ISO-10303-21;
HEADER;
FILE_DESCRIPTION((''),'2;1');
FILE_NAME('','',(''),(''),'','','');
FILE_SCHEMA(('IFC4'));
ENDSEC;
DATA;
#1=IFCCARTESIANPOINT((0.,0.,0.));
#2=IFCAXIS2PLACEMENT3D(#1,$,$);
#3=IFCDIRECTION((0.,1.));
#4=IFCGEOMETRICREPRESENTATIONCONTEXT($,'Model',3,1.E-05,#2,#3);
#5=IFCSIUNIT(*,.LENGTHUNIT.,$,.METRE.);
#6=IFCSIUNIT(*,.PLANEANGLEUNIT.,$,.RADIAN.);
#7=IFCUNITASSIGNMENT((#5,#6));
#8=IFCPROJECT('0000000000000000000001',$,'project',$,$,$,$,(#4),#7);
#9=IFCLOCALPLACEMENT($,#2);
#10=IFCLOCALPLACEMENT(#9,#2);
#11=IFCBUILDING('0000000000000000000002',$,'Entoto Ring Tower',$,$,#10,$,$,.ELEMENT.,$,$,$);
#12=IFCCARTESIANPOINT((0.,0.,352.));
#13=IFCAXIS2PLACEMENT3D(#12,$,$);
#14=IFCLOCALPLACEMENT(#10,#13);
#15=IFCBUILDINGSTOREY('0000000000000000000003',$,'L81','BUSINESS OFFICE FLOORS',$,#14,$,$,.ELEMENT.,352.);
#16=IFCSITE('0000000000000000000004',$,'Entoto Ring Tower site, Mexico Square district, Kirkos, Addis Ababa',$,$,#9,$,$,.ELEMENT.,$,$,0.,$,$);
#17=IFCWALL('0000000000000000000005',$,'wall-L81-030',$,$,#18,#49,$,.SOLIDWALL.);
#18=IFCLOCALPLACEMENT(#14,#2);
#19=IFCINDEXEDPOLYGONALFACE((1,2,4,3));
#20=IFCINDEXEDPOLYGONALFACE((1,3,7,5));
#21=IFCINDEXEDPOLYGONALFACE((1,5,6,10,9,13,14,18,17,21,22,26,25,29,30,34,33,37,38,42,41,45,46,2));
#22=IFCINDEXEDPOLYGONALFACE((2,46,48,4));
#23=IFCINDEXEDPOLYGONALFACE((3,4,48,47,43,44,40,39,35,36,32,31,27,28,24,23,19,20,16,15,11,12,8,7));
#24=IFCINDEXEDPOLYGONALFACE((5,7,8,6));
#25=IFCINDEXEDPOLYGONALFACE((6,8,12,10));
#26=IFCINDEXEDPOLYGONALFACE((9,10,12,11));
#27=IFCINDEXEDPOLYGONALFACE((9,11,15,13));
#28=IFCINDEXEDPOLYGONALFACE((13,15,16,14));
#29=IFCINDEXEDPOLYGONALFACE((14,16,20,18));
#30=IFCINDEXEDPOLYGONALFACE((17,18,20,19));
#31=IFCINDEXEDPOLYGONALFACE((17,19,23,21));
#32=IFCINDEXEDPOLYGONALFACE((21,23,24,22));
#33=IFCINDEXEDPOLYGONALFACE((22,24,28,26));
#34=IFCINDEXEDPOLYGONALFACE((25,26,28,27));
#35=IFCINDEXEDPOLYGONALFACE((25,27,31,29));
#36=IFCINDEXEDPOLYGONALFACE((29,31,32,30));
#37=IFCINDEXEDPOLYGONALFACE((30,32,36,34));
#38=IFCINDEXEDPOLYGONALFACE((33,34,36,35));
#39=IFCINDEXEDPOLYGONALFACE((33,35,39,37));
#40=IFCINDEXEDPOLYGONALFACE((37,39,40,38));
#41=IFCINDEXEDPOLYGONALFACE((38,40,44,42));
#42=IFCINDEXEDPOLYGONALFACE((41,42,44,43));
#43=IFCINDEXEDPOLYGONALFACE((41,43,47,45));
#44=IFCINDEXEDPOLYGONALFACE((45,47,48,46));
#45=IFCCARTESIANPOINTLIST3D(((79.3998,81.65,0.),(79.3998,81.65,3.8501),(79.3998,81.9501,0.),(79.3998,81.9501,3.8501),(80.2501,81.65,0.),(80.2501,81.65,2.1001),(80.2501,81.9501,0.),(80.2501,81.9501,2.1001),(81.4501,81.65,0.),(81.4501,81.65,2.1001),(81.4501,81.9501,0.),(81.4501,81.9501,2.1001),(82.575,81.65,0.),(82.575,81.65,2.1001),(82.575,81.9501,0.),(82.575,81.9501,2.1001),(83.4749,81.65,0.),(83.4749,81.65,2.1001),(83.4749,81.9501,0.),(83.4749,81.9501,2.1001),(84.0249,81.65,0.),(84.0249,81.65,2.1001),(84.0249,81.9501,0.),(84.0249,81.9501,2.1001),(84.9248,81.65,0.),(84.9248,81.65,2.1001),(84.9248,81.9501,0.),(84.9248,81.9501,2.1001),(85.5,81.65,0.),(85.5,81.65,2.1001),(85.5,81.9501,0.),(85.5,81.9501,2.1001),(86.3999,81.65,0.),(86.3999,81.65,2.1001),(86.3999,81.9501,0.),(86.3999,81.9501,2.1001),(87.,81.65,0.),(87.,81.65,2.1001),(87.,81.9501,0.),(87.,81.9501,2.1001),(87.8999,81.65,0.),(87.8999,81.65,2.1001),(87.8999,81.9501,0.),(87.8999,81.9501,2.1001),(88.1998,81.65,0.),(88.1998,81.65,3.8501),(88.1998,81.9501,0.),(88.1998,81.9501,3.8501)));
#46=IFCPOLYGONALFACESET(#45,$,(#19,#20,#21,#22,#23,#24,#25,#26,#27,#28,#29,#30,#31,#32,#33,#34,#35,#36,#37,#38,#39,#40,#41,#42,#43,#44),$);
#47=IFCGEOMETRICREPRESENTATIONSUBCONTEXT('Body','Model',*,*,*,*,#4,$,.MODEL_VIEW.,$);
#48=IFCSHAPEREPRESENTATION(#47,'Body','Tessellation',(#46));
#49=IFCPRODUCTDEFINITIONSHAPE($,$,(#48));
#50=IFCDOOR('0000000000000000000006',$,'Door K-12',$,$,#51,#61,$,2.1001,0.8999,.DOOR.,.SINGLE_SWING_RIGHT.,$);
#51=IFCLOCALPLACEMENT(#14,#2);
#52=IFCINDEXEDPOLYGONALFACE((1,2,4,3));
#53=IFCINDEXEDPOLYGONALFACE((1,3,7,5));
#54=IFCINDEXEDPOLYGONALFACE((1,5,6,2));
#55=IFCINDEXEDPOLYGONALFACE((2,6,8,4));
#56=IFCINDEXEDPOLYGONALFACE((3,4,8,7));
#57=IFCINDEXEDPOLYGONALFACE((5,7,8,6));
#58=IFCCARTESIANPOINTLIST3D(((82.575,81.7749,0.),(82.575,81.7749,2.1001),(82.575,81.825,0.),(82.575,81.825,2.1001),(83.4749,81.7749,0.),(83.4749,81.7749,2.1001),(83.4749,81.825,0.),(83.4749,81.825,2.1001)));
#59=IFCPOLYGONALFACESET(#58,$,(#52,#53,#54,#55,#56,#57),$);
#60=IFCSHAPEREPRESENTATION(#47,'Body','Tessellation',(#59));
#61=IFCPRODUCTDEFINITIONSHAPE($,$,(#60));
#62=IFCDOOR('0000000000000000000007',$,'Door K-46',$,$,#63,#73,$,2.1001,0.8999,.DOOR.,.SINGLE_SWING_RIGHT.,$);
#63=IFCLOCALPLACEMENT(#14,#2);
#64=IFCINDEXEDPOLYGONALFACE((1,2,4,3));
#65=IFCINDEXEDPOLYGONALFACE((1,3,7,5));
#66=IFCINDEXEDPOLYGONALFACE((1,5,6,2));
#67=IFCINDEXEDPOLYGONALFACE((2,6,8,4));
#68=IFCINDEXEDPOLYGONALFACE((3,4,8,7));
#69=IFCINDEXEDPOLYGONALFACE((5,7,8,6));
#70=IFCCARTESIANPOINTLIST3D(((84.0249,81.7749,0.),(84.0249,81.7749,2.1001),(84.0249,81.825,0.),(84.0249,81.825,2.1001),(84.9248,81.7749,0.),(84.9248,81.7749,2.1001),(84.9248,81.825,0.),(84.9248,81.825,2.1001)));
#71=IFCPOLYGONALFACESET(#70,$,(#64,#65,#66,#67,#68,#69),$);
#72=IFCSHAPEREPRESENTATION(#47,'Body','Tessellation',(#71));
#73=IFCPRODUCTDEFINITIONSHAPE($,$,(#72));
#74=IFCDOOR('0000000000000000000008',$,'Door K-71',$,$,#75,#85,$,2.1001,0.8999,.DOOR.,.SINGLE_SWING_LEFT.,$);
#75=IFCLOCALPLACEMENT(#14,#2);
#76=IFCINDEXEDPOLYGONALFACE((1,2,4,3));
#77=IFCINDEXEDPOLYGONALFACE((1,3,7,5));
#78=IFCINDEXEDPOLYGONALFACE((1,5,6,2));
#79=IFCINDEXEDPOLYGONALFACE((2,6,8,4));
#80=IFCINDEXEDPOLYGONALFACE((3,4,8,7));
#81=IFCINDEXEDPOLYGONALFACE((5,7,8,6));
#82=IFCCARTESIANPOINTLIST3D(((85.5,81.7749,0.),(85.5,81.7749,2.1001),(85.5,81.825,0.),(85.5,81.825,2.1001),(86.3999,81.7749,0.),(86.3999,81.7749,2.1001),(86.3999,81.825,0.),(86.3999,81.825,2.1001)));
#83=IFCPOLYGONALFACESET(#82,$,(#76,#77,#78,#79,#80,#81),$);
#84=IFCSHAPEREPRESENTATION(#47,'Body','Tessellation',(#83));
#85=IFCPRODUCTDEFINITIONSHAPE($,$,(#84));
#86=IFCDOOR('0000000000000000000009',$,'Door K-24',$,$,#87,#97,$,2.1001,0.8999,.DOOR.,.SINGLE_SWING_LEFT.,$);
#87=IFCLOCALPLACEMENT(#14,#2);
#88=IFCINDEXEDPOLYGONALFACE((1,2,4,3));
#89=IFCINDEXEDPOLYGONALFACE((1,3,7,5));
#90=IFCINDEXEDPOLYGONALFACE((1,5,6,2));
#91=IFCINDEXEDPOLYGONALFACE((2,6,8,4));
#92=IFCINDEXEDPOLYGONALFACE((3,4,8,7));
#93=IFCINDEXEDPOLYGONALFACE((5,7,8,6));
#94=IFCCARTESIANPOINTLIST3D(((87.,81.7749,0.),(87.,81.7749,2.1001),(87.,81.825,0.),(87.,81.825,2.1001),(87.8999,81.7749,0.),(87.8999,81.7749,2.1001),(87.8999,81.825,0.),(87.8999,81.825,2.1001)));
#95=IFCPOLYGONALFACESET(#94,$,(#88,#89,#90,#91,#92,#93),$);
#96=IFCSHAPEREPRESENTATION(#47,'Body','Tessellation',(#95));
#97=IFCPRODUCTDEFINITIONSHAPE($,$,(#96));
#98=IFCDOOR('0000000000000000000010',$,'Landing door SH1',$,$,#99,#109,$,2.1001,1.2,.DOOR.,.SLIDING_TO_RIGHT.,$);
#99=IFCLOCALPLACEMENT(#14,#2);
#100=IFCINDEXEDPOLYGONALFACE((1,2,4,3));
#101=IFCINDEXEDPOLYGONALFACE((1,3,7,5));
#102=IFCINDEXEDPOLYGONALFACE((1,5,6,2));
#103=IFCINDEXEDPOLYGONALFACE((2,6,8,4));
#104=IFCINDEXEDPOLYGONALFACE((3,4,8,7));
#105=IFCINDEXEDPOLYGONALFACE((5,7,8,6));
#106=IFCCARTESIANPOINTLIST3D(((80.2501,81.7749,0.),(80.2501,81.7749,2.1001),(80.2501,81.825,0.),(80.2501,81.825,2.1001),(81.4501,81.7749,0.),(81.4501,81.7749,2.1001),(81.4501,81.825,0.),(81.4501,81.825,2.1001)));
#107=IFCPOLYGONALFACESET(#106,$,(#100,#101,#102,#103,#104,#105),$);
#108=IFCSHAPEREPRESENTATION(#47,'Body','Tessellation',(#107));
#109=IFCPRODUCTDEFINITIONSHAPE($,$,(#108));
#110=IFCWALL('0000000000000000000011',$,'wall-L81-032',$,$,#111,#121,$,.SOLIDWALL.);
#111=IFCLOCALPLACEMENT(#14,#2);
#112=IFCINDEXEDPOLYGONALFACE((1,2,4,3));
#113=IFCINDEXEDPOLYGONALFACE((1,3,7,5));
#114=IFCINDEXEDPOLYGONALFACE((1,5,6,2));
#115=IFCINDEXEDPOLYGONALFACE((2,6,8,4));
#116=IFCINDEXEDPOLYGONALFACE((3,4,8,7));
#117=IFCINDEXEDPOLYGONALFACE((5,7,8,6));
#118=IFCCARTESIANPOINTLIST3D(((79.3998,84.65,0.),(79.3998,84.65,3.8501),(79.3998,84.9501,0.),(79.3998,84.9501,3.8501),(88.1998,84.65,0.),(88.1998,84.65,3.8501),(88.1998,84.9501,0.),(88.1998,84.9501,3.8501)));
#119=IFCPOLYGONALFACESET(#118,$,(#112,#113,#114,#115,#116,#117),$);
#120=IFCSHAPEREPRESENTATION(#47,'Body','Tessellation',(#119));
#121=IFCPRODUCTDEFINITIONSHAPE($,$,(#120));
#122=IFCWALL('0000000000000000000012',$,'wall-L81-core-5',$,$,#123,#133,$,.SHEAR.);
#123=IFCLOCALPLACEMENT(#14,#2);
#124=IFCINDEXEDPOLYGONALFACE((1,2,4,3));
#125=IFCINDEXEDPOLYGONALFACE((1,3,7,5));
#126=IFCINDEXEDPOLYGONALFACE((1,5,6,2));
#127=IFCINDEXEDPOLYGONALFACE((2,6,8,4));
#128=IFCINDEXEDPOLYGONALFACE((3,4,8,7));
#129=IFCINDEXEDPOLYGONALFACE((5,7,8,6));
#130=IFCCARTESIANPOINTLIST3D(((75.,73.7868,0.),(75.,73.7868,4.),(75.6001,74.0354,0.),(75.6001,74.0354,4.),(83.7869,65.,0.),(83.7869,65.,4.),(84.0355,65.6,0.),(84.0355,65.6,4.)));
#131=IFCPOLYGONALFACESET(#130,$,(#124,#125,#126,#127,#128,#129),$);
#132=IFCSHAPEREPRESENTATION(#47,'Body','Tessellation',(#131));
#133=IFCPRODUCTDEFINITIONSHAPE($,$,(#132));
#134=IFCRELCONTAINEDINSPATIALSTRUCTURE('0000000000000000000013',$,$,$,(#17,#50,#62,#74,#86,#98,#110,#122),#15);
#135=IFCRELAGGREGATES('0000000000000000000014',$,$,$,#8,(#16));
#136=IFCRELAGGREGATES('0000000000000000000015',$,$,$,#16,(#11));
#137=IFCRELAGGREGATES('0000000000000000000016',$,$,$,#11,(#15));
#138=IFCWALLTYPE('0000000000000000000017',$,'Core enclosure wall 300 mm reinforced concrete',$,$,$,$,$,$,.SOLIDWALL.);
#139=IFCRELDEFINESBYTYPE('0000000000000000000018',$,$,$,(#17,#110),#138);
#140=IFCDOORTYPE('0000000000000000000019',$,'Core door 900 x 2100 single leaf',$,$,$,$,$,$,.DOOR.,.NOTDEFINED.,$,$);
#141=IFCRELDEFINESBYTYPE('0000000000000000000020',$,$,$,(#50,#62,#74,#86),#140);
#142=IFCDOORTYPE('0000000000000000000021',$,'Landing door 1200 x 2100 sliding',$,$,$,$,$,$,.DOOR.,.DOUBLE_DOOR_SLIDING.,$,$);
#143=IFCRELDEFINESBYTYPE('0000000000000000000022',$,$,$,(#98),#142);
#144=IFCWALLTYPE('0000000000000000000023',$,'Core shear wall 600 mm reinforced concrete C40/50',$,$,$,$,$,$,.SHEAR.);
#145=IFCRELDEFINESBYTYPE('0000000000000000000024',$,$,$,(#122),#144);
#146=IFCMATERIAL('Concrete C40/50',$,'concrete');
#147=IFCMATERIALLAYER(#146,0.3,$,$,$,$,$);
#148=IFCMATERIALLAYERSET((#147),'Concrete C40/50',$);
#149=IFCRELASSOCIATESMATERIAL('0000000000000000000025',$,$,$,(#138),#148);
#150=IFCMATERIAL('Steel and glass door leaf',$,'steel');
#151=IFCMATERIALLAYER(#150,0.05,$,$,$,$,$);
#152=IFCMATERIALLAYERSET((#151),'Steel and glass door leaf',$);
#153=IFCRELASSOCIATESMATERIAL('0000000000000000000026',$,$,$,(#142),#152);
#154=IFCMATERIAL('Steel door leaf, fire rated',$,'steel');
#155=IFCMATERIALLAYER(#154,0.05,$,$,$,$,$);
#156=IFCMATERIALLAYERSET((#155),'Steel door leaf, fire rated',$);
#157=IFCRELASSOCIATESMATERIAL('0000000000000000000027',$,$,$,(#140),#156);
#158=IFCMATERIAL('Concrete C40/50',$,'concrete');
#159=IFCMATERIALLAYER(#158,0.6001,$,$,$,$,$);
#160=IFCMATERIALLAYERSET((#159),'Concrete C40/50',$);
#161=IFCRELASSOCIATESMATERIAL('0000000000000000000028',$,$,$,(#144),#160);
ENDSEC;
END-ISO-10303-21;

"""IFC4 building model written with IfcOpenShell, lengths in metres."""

from ifc_helpers import new_model, si_unit, direction, frame, frame_2d, origin, place, context, subcontext, project, spatial, polyline, rectangle, outline, extrude, material, layer, layer_set, type_object, element, fill, save


model = new_model("IFC4")

# Units and contexts
model_context = context("Model", 3, precision=1e-05, world=origin(), true_north=direction((0.0, 1.0)))
body_context = subcontext(model_context, "Body", "Model", "MODEL_VIEW")
ifc_project = project(units=[si_unit("LENGTHUNIT", "METRE"), si_unit("PLANEANGLEUNIT", "RADIAN")], contexts=[model_context])

# Site, building, storey
site_placement = place(None, origin())
site = spatial("IfcSite", under=ifc_project, at=site_placement, Name="Entoto Ring Tower site, Mexico Square district, Kirkos, Addis Ababa", CompositionType="ELEMENT", RefElevation=0.0)
building_placement = place(site_placement, origin())
building = spatial("IfcBuilding", under=site, at=building_placement, Name="Entoto Ring Tower", CompositionType="ELEMENT")
storey_placement = place(building_placement, frame((0.0, 0.0, 352.0)))
storey = spatial("IfcBuildingStorey", under=building, at=storey_placement, Name="L81", Description="BUSINESS OFFICE FLOORS", CompositionType="ELEMENT", Elevation=352.0)

# Shared definitions
ifc_material_1 = material(Name="Concrete C40/50", Category="concrete")
ifc_layer_1 = layer(ifc_material_1, 0.3)
ifc_layer_set_1 = layer_set([ifc_layer_1], Name="Concrete C40/50")
wall_type_1 = type_object("IfcWallType", Name="Core enclosure wall 300 mm reinforced concrete", PredefinedType="SOLIDWALL", material=ifc_layer_set_1)
ifc_material_2 = material(Name="Steel and glass door leaf", Category="steel")
ifc_layer_2 = layer(ifc_material_2, 0.05)
ifc_layer_set_2 = layer_set([ifc_layer_2], Name="Steel and glass door leaf")
door_type_1 = type_object("IfcDoorType", Name="Landing door 1200 x 2100 sliding", OperationType="DOUBLE_DOOR_SLIDING", PredefinedType="DOOR", material=ifc_layer_set_2)

# Wall, openings, doors
ifc_material_3 = material(Name="Steel door leaf, fire rated", Category="steel")
ifc_layer_3 = layer(ifc_material_3, 0.05)
ifc_layer_set_3 = layer_set([ifc_layer_3], Name="Steel door leaf, fire rated")
door_type_2 = type_object("IfcDoorType", Name="Core door 900 x 2100 single leaf", OperationType="NOTDEFINED", PredefinedType="DOOR", material=ifc_layer_set_3)
wall_1_placement = place(storey_placement, frame((79.3999, 81.8, 0.0), z_axis=(0.0, 0.0, 1.0), x_axis=(1.0, 0.0, 0.0)))
wall_1 = element("IfcWall", 1, at=wall_1_placement, inside=storey, type_object=wall_type_1, Name="wall-L81-030", PredefinedType="SOLIDWALL", context=body_context, shape_type="SweptSolid", body=[
    extrude(rectangle(XDim=8.8, YDim=0.3, at=frame_2d((4.3999, 0.0))), origin(), (0.0, 0.0, 1.0), 3.8501),
])
opening_1_placement = place(wall_1_placement, frame((0.8501, 0.0, 0.0)))
opening_1 = element("IfcOpeningElement", 2, at=opening_1_placement, cuts=wall_1, PredefinedType="OPENING", context=body_context, shape_type="SweptSolid", body=[
    extrude(rectangle(XDim=1.2, YDim=2.1001, at=frame_2d((0.6001, 1.05))), frame((0.0, 0.1602, 0.0), z_axis=(0.0, -1.0, 0.0), x_axis=(1.0, 0.0, 0.0)), (0.0, 0.0, 1.0), 0.3201),
])
opening_2_placement = place(wall_1_placement, frame((3.175, 0.0, 0.0)))
opening_2 = element("IfcOpeningElement", 3, at=opening_2_placement, cuts=wall_1, PredefinedType="OPENING", context=body_context, shape_type="SweptSolid", body=[
    extrude(rectangle(XDim=0.8999, YDim=2.1001, at=frame_2d((0.45, 1.05))), frame((0.0, 0.1602, 0.0), z_axis=(0.0, -1.0, 0.0), x_axis=(1.0, 0.0, 0.0)), (0.0, 0.0, 1.0), 0.3201),
])
opening_3_placement = place(wall_1_placement, frame((4.625, 0.0, 0.0)))
opening_3 = element("IfcOpeningElement", 4, at=opening_3_placement, cuts=wall_1, PredefinedType="OPENING", context=body_context, shape_type="SweptSolid", body=[
    extrude(rectangle(XDim=0.8999, YDim=2.1001, at=frame_2d((0.45, 1.05))), frame((0.0, 0.1602, 0.0), z_axis=(0.0, -1.0, 0.0), x_axis=(1.0, 0.0, 0.0)), (0.0, 0.0, 1.0), 0.3201),
])
opening_4_placement = place(wall_1_placement, frame((6.1001, 0.0, 0.0)))
opening_4 = element("IfcOpeningElement", 5, at=opening_4_placement, cuts=wall_1, PredefinedType="OPENING", context=body_context, shape_type="SweptSolid", body=[
    extrude(rectangle(XDim=0.8999, YDim=2.1001, at=frame_2d((0.45, 1.05))), frame((0.0, 0.1602, 0.0), z_axis=(0.0, -1.0, 0.0), x_axis=(1.0, 0.0, 0.0)), (0.0, 0.0, 1.0), 0.3201),
])
opening_5_placement = place(wall_1_placement, frame((7.6001, 0.0, 0.0)))
opening_5 = element("IfcOpeningElement", 6, at=opening_5_placement, cuts=wall_1, PredefinedType="OPENING", context=body_context, shape_type="SweptSolid", body=[
    extrude(rectangle(XDim=0.8999, YDim=2.1001, at=frame_2d((0.45, 1.05))), frame((0.0, 0.1602, 0.0), z_axis=(0.0, -1.0, 0.0), x_axis=(1.0, 0.0, 0.0)), (0.0, 0.0, 1.0), 0.3201),
])
door_1_placement = place(opening_2_placement, origin())
door_1 = element("IfcDoor", 7, at=door_1_placement, inside=storey, type_object=door_type_2, Name="Door K-12", OperationType="SINGLE_SWING_RIGHT", OverallHeight=2.1001, OverallWidth=0.8999, PredefinedType="DOOR", context=body_context, shape_type="SweptSolid", body=[
    extrude(rectangle(XDim=0.8999, YDim=2.1001, at=frame_2d((0.45, 1.05))), frame((0.0, 0.0249, 0.0), z_axis=(0.0, -1.0, 0.0), x_axis=(1.0, 0.0, 0.0)), (0.0, 0.0, 1.0), 0.05),
])
fill(opening_2, door_1)
door_2_placement = place(opening_3_placement, origin())
door_2 = element("IfcDoor", 8, at=door_2_placement, inside=storey, type_object=door_type_2, Name="Door K-46", OperationType="SINGLE_SWING_RIGHT", OverallHeight=2.1001, OverallWidth=0.8999, PredefinedType="DOOR", context=body_context, shape_type="SweptSolid", body=[
    extrude(rectangle(XDim=0.8999, YDim=2.1001, at=frame_2d((0.45, 1.05))), frame((0.0, 0.0249, 0.0), z_axis=(0.0, -1.0, 0.0), x_axis=(1.0, 0.0, 0.0)), (0.0, 0.0, 1.0), 0.05),
])
fill(opening_3, door_2)
door_3_placement = place(opening_4_placement, origin())
door_3 = element("IfcDoor", 9, at=door_3_placement, inside=storey, type_object=door_type_2, Name="Door K-71", OperationType="SINGLE_SWING_LEFT", OverallHeight=2.1001, OverallWidth=0.8999, PredefinedType="DOOR", context=body_context, shape_type="SweptSolid", body=[
    extrude(rectangle(XDim=0.8999, YDim=2.1001, at=frame_2d((0.45, 1.05))), frame((0.0, 0.0249, 0.0), z_axis=(0.0, -1.0, 0.0), x_axis=(1.0, 0.0, 0.0)), (0.0, 0.0, 1.0), 0.05),
])
fill(opening_4, door_3)
door_4_placement = place(opening_5_placement, origin())
door_4 = element("IfcDoor", 10, at=door_4_placement, inside=storey, type_object=door_type_2, Name="Door K-24", OperationType="SINGLE_SWING_LEFT", OverallHeight=2.1001, OverallWidth=0.8999, PredefinedType="DOOR", context=body_context, shape_type="SweptSolid", body=[
    extrude(rectangle(XDim=0.8999, YDim=2.1001, at=frame_2d((0.45, 1.05))), frame((0.0, 0.0249, 0.0), z_axis=(0.0, -1.0, 0.0), x_axis=(1.0, 0.0, 0.0)), (0.0, 0.0, 1.0), 0.05),
])
fill(opening_5, door_4)
door_5_placement = place(opening_1_placement, origin())
door_5 = element("IfcDoor", 11, at=door_5_placement, inside=storey, type_object=door_type_1, Name="Landing door SH1", OperationType="SLIDING_TO_RIGHT", OverallHeight=2.1001, OverallWidth=1.2, PredefinedType="DOOR", context=body_context, shape_type="SweptSolid", body=[
    extrude(rectangle(XDim=1.2, YDim=2.1001, at=frame_2d((0.6001, 1.05))), frame((0.0, 0.0249, 0.0), z_axis=(0.0, -1.0, 0.0), x_axis=(1.0, 0.0, 0.0)), (0.0, 0.0, 1.0), 0.05),
])
fill(opening_1, door_5)

# Walls
wall_2_placement = place(storey_placement, frame((79.3999, 84.8, 0.0), z_axis=(0.0, 0.0, 1.0), x_axis=(1.0, 0.0, 0.0)))
element("IfcWall", 12, at=wall_2_placement, inside=storey, type_object=wall_type_1, Name="wall-L81-032", PredefinedType="SOLIDWALL", context=body_context, shape_type="SweptSolid", body=[
    extrude(rectangle(XDim=8.8, YDim=0.3, at=frame_2d((4.3999, 0.0))), origin(), (0.0, 0.0, 1.0), 3.8501),
])
ifc_material_4 = material(Name="Concrete C40/50", Category="concrete")
ifc_layer_4 = layer(ifc_material_4, 0.6001)
ifc_layer_set_4 = layer_set([ifc_layer_4], Name="Concrete C40/50")
wall_type_2 = type_object("IfcWallType", Name="Core shear wall 600 mm reinforced concrete C40/50", PredefinedType="SHEAR", material=ifc_layer_set_4)
wall_3_placement = place(storey_placement, frame((75.3, 73.9111, 0.0), z_axis=(0.0, 0.0, 1.0), x_axis=(0.707107, -0.707107, 0.0)))
element("IfcWall", 13, at=wall_3_placement, inside=storey, type_object=wall_type_2, Name="wall-L81-core-5", PredefinedType="SHEAR", context=body_context, shape_type="SweptSolid", body=[
    extrude(outline(polyline([(-0.1243, -0.3), (12.3022, -0.3), (12.0537, 0.3), (0.1243, 0.3), (-0.1243, -0.3)])), origin(), (0.0, 0.0, 1.0), 4.0),
])

save(model, "model.ifc")
